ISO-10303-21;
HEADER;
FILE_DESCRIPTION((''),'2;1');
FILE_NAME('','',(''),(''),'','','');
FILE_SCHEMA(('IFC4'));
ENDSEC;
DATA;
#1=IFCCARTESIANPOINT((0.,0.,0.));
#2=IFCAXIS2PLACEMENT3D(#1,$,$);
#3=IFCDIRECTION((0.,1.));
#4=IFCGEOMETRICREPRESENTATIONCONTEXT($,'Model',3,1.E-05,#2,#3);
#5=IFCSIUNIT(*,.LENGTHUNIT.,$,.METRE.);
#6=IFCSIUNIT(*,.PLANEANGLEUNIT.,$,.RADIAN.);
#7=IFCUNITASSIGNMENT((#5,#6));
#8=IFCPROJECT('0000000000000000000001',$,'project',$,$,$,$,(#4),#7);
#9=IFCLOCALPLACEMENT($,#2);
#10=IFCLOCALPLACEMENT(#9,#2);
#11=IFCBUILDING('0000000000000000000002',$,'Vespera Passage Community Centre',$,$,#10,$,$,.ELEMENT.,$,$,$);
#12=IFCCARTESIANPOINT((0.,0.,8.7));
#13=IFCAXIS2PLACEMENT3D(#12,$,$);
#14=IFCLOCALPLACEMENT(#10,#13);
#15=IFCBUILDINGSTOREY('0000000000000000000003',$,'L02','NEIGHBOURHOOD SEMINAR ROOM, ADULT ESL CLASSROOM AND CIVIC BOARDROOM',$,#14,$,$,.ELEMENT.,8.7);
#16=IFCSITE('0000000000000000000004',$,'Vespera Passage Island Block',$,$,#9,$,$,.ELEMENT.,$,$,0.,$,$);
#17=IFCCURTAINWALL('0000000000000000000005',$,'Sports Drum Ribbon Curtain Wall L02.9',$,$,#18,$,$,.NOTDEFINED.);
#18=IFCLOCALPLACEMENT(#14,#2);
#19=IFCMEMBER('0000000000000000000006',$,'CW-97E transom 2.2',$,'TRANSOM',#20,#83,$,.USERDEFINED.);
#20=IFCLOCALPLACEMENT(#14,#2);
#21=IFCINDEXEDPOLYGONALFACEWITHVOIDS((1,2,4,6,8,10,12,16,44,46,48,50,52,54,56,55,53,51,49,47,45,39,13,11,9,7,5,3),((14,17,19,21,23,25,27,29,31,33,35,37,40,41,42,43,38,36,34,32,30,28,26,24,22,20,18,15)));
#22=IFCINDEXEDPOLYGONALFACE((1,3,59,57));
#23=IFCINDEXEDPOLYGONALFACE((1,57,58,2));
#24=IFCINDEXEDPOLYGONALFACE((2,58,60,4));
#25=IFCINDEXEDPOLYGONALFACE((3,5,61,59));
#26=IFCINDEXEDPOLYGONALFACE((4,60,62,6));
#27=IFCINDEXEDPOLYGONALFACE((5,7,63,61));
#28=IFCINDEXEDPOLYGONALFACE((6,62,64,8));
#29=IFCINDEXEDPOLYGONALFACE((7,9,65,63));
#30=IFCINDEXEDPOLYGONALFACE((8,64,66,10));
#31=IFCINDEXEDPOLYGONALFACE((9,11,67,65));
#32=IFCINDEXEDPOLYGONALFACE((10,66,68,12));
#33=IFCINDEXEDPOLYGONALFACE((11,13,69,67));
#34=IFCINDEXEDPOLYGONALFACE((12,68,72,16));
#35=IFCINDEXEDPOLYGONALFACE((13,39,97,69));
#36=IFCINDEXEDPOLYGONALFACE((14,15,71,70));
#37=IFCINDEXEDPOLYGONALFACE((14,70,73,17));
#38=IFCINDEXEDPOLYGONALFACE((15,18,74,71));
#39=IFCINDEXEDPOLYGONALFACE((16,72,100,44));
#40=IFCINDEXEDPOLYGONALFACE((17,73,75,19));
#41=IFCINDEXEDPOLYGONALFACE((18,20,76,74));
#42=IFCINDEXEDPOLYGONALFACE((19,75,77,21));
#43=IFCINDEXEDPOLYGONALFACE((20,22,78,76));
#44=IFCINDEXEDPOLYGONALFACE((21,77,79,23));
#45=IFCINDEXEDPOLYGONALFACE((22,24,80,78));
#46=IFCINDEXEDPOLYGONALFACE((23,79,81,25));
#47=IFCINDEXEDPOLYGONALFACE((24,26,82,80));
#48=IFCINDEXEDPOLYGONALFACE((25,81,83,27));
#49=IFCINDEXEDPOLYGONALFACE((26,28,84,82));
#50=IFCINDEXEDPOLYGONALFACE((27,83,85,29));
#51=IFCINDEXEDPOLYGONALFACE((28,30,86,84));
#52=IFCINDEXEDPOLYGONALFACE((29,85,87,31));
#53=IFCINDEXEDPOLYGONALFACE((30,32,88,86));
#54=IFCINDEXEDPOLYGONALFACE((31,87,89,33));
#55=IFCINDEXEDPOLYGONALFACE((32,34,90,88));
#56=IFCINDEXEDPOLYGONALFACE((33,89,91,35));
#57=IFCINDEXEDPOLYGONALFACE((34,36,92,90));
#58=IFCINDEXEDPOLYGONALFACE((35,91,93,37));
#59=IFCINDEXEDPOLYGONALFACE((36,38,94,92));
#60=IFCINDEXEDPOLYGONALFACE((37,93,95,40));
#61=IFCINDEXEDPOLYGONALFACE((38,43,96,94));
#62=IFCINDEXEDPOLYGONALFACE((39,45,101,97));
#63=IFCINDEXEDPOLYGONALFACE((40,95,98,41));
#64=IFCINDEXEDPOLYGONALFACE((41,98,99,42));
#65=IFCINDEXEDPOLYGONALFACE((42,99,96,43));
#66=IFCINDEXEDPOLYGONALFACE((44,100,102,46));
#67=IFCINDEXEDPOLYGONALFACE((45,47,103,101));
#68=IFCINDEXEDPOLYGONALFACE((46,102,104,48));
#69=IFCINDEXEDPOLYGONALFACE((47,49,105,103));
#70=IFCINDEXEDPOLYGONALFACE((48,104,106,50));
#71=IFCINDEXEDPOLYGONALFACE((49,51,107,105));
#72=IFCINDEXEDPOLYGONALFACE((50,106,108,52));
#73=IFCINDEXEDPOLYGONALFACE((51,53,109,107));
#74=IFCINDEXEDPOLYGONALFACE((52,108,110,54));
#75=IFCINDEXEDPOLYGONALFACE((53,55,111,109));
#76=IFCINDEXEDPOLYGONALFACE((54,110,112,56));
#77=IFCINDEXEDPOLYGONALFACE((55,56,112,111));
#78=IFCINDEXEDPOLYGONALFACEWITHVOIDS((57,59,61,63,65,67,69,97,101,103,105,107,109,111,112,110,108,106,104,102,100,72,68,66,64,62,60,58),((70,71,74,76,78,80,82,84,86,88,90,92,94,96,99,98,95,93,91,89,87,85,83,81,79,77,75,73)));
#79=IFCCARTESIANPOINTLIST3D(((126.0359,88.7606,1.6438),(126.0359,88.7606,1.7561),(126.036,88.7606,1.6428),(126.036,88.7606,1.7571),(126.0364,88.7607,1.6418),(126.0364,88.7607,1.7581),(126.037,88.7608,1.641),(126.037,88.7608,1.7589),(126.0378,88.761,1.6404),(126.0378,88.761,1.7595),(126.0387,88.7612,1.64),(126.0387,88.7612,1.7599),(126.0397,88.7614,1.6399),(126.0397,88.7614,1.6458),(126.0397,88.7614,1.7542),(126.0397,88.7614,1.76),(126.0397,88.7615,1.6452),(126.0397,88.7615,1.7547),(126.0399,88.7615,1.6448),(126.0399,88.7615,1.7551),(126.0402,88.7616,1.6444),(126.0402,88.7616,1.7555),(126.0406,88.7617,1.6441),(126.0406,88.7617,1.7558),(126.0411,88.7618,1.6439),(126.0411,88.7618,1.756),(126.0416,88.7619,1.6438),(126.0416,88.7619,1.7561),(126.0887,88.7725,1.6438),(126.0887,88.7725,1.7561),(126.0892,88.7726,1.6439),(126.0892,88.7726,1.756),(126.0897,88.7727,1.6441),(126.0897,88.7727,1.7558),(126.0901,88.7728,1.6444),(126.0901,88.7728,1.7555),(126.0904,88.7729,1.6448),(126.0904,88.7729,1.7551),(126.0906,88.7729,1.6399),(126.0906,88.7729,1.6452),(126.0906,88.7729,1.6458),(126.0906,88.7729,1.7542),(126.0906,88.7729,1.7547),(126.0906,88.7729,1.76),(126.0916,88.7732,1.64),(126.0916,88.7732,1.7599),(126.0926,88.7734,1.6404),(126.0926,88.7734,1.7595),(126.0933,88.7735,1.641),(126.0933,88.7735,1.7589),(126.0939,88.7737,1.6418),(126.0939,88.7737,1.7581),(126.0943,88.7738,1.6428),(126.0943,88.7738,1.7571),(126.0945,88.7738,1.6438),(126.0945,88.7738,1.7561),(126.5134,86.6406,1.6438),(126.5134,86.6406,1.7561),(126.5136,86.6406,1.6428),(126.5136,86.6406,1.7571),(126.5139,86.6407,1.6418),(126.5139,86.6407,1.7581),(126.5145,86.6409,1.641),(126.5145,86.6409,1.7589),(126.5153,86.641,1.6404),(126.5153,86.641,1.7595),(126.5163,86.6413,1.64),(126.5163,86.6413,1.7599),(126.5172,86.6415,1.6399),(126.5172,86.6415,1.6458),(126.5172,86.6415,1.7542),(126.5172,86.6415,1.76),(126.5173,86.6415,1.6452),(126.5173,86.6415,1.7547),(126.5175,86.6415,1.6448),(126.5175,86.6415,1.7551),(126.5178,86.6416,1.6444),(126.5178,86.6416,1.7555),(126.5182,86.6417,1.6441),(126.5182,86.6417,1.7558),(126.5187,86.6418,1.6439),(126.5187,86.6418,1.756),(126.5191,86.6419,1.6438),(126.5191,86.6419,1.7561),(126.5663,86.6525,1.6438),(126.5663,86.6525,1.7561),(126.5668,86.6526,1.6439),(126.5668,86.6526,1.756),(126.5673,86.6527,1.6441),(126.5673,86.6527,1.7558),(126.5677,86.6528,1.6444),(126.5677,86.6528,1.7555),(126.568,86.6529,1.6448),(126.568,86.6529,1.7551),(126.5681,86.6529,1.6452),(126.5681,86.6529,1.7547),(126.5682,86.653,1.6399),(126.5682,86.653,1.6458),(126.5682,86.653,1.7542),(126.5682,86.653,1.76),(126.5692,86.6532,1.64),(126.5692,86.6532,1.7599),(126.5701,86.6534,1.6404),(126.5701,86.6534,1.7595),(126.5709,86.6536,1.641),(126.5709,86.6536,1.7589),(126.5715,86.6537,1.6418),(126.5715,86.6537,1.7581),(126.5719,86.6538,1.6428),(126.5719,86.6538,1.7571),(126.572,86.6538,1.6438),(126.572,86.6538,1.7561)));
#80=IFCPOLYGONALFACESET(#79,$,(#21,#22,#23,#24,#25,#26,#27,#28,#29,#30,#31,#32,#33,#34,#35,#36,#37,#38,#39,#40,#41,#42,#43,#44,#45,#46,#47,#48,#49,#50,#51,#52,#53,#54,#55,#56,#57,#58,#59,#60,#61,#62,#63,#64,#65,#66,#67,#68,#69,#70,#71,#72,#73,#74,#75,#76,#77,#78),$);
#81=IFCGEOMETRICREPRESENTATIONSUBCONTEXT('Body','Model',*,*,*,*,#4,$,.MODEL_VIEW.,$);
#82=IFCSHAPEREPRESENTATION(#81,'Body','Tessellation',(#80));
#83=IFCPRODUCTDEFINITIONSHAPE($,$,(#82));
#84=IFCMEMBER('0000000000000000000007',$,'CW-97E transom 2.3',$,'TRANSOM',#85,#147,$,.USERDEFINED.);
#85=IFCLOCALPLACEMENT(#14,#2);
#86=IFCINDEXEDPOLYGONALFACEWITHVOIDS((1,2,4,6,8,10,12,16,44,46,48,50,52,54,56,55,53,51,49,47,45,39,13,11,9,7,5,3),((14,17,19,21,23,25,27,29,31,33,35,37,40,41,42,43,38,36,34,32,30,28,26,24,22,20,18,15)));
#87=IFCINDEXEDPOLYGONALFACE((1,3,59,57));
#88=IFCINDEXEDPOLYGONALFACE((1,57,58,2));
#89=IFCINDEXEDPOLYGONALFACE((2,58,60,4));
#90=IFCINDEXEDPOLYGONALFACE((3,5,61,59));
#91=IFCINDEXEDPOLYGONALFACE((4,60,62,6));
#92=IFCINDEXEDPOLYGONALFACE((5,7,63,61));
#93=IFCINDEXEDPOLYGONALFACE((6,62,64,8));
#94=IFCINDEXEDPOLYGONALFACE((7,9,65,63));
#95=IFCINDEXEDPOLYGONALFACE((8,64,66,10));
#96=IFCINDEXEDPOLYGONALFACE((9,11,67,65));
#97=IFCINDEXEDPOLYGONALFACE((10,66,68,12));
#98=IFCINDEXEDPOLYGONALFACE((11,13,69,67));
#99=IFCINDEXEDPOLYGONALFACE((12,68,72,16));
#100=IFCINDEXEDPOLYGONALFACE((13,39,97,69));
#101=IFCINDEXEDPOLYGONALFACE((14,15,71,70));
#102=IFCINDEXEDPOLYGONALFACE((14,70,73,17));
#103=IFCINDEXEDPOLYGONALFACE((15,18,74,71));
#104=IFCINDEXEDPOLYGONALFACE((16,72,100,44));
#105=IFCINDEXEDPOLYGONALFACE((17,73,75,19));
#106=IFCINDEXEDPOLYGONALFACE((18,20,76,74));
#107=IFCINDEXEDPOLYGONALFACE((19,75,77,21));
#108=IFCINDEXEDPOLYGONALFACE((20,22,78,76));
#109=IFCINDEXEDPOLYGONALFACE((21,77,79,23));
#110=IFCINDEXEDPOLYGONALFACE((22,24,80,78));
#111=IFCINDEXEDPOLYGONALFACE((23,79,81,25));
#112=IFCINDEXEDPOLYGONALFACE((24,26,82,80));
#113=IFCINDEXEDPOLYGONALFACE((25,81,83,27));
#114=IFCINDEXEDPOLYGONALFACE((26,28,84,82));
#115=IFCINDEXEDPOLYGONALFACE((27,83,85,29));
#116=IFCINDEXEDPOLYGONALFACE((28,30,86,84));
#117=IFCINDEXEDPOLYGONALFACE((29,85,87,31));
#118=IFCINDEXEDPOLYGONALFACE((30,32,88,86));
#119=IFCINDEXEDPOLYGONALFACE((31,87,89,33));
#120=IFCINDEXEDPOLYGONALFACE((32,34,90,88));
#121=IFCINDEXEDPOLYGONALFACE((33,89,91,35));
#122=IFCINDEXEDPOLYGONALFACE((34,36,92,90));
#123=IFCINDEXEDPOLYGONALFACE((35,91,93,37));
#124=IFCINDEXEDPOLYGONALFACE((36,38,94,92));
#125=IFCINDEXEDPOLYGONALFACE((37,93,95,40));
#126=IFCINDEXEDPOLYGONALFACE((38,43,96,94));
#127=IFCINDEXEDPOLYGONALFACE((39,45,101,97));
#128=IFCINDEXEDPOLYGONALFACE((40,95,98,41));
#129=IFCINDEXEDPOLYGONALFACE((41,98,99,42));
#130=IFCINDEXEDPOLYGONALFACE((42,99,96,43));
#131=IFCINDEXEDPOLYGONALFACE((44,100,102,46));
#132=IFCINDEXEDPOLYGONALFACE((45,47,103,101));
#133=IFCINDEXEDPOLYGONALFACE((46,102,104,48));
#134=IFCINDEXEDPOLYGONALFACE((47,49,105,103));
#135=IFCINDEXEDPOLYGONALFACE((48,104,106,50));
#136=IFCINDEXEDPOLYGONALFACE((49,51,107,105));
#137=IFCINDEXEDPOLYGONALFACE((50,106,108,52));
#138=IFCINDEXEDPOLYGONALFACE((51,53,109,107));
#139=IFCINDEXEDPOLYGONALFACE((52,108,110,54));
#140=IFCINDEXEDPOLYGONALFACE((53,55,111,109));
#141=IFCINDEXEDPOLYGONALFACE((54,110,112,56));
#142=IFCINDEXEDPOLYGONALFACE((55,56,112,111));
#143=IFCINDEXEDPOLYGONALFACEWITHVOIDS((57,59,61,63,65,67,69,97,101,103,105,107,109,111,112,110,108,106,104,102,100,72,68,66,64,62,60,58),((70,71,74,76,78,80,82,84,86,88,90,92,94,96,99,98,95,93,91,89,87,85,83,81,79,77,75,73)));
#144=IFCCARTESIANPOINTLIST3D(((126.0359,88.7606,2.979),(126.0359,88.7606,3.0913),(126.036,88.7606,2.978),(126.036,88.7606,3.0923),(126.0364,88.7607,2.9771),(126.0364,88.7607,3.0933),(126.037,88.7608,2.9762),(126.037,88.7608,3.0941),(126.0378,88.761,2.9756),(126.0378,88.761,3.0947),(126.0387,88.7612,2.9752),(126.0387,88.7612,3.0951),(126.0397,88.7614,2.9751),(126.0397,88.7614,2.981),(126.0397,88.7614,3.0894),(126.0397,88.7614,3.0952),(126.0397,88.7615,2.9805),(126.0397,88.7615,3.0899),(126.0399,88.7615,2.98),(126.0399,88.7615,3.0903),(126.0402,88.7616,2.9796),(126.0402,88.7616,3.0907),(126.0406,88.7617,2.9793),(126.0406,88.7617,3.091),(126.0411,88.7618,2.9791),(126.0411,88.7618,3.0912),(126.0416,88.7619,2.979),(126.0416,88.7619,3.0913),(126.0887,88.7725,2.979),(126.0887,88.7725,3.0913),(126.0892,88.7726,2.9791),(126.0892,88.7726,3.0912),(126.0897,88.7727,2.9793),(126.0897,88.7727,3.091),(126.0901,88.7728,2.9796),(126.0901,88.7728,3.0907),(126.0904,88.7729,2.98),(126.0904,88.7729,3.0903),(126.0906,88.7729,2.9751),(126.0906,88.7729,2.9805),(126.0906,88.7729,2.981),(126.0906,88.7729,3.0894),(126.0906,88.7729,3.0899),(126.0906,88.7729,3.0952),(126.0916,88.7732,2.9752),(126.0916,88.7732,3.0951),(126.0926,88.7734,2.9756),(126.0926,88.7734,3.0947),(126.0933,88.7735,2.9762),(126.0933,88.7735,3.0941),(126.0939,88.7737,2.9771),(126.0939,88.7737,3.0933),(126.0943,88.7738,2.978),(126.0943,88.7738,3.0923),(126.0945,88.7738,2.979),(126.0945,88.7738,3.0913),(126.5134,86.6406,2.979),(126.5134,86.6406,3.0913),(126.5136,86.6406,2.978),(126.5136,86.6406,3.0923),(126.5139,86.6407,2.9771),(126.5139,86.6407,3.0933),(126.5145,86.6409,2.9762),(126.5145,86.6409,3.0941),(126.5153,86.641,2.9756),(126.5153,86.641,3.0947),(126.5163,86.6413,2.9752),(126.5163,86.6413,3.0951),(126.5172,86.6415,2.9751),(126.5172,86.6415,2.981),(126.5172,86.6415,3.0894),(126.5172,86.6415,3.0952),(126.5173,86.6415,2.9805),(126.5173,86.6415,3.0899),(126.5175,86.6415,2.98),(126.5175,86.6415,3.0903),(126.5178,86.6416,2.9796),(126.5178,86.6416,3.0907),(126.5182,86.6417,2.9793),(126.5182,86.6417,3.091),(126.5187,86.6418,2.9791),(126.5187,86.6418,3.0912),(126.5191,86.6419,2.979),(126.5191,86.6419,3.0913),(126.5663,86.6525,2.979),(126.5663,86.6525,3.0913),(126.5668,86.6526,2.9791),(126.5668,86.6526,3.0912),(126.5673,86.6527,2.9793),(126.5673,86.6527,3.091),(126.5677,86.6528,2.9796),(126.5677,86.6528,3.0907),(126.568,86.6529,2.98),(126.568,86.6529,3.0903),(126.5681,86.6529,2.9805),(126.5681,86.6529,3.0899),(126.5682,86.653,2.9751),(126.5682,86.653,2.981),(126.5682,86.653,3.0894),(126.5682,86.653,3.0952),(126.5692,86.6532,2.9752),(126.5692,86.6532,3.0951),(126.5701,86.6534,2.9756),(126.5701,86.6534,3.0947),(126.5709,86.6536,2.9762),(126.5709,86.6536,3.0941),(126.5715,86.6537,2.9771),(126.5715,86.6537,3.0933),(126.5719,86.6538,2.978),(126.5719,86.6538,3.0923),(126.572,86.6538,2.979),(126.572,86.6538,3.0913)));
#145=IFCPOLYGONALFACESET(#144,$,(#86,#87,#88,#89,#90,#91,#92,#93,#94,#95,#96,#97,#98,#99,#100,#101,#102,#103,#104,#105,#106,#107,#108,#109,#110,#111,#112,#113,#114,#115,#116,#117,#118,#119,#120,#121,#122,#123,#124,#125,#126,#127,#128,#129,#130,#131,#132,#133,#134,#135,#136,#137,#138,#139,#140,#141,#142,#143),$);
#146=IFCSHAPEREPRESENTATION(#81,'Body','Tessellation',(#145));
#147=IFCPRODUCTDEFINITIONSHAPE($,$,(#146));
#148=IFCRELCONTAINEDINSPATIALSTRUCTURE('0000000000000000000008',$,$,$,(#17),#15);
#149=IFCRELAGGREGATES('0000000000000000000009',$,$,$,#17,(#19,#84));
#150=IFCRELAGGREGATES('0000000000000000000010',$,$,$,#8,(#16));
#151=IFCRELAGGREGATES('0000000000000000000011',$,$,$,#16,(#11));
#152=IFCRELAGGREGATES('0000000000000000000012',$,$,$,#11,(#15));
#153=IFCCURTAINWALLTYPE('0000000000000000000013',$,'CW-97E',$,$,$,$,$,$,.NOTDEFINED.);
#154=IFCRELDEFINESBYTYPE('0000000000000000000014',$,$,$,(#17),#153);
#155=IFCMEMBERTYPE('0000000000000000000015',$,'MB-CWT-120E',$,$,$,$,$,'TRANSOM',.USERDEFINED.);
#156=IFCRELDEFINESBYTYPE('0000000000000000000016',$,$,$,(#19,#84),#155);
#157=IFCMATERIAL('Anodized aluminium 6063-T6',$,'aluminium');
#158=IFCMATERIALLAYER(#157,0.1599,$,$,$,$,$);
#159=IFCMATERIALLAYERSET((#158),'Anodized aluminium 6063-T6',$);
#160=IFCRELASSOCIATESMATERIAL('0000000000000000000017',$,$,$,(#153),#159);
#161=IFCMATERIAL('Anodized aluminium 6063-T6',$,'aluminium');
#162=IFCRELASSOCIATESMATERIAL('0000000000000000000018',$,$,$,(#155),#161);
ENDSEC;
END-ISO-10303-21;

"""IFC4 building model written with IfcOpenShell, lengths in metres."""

from ifc_helpers import new_model, si_unit, direction, frame, origin, origin_2d, place, context, subcontext, project, spatial, hollow_rectangle, extrude, material, layer, layer_set, material_profile, profile_set, type_object, element, aggregate, save


model = new_model("IFC4")

# Units and contexts
model_context = context("Model", 3, precision=1e-05, world=origin(), true_north=direction((0.0, 1.0)))
body_context = subcontext(model_context, "Body", "Model", "MODEL_VIEW")
ifc_project = project(units=[si_unit("LENGTHUNIT", "METRE"), si_unit("PLANEANGLEUNIT", "RADIAN")], contexts=[model_context])

# Site, building, storey
site_placement = place(None, origin())
site = spatial("IfcSite", under=ifc_project, at=site_placement, Name="Vespera Passage Island Block", CompositionType="ELEMENT", RefElevation=0.0)
building_placement = place(site_placement, origin())
building = spatial("IfcBuilding", under=site, at=building_placement, Name="Vespera Passage Community Centre", CompositionType="ELEMENT")
storey_placement = place(building_placement, frame((0.0, 0.0, 8.7)))
storey = spatial("IfcBuildingStorey", under=building, at=storey_placement, Name="L02", Description="NEIGHBOURHOOD SEMINAR ROOM, ADULT ESL CLASSROOM AND CIVIC BOARDROOM", CompositionType="ELEMENT", Elevation=8.7)

# Curtain wall, members
ifc_material_1 = material(Name="Anodized aluminium 6063-T6", Category="aluminium")
ifc_layer_1 = layer(ifc_material_1, 0.1599)
ifc_layer_set_1 = layer_set([ifc_layer_1], Name="Anodized aluminium 6063-T6")
curtain_wall_type = type_object("IfcCurtainWallType", Name="CW-97E", PredefinedType="NOTDEFINED", material=ifc_layer_set_1)
curtain_wall_placement = place(storey_placement, origin())
curtain_wall = element("IfcCurtainWall", 1, at=curtain_wall_placement, inside=storey, type_object=curtain_wall_type, Name="Sports Drum Ribbon Curtain Wall L02.9", PredefinedType="NOTDEFINED")
ifc_material_2 = material(Name="Anodized aluminium 6063-T6", Category="aluminium")
ifc_material_profile_1 = material_profile(ifc_material_2, hollow_rectangle(XDim=0.0601, YDim=0.1201, WallThickness=0.0039, InnerFilletRadius=0.002, OuterFilletRadius=0.0039, at=origin_2d()), Name="ALU120X60X4")
ifc_profile_set_1 = profile_set([ifc_material_profile_1], Name="Anodized aluminium 6063-T6")
member_type_1 = type_object("IfcMemberType", Name="MB-CWT-120E", ElementType="TRANSOM", PredefinedType="USERDEFINED", material=ifc_profile_set_1)
member_1_placement = place(storey_placement, frame((126.5427, 86.6472, 1.7), z_axis=(-0.219761, 0.975554, 0.0), x_axis=(-0.975554, -0.219761, 0.0)))
member_1 = element("IfcMember", 2, at=member_1_placement, type_object=member_type_1, Name="CW-97E transom 2.2", ObjectType="TRANSOM", PredefinedType="USERDEFINED", context=body_context, shape_type="SweptSolid", body=[
    extrude(hollow_rectangle(XDim=0.0601, YDim=0.1201, WallThickness=0.0039, InnerFilletRadius=0.002, OuterFilletRadius=0.0039, at=origin_2d()), origin(), (0.0, 0.0, 1.0), 2.1731),
])
member_2_placement = place(storey_placement, frame((126.5427, 86.6472, 3.0352), z_axis=(-0.219761, 0.975554, 0.0), x_axis=(-0.975554, -0.219761, 0.0)))
member_2 = element("IfcMember", 3, at=member_2_placement, type_object=member_type_1, Name="CW-97E transom 2.3", ObjectType="TRANSOM", PredefinedType="USERDEFINED", context=body_context, shape_type="SweptSolid", body=[
    extrude(hollow_rectangle(XDim=0.0601, YDim=0.1201, WallThickness=0.0039, InnerFilletRadius=0.002, OuterFilletRadius=0.0039, at=origin_2d()), origin(), (0.0, 0.0, 1.0), 2.1731),
])

aggregate(curtain_wall, [member_1, member_2])

save(model, "model.ifc")
